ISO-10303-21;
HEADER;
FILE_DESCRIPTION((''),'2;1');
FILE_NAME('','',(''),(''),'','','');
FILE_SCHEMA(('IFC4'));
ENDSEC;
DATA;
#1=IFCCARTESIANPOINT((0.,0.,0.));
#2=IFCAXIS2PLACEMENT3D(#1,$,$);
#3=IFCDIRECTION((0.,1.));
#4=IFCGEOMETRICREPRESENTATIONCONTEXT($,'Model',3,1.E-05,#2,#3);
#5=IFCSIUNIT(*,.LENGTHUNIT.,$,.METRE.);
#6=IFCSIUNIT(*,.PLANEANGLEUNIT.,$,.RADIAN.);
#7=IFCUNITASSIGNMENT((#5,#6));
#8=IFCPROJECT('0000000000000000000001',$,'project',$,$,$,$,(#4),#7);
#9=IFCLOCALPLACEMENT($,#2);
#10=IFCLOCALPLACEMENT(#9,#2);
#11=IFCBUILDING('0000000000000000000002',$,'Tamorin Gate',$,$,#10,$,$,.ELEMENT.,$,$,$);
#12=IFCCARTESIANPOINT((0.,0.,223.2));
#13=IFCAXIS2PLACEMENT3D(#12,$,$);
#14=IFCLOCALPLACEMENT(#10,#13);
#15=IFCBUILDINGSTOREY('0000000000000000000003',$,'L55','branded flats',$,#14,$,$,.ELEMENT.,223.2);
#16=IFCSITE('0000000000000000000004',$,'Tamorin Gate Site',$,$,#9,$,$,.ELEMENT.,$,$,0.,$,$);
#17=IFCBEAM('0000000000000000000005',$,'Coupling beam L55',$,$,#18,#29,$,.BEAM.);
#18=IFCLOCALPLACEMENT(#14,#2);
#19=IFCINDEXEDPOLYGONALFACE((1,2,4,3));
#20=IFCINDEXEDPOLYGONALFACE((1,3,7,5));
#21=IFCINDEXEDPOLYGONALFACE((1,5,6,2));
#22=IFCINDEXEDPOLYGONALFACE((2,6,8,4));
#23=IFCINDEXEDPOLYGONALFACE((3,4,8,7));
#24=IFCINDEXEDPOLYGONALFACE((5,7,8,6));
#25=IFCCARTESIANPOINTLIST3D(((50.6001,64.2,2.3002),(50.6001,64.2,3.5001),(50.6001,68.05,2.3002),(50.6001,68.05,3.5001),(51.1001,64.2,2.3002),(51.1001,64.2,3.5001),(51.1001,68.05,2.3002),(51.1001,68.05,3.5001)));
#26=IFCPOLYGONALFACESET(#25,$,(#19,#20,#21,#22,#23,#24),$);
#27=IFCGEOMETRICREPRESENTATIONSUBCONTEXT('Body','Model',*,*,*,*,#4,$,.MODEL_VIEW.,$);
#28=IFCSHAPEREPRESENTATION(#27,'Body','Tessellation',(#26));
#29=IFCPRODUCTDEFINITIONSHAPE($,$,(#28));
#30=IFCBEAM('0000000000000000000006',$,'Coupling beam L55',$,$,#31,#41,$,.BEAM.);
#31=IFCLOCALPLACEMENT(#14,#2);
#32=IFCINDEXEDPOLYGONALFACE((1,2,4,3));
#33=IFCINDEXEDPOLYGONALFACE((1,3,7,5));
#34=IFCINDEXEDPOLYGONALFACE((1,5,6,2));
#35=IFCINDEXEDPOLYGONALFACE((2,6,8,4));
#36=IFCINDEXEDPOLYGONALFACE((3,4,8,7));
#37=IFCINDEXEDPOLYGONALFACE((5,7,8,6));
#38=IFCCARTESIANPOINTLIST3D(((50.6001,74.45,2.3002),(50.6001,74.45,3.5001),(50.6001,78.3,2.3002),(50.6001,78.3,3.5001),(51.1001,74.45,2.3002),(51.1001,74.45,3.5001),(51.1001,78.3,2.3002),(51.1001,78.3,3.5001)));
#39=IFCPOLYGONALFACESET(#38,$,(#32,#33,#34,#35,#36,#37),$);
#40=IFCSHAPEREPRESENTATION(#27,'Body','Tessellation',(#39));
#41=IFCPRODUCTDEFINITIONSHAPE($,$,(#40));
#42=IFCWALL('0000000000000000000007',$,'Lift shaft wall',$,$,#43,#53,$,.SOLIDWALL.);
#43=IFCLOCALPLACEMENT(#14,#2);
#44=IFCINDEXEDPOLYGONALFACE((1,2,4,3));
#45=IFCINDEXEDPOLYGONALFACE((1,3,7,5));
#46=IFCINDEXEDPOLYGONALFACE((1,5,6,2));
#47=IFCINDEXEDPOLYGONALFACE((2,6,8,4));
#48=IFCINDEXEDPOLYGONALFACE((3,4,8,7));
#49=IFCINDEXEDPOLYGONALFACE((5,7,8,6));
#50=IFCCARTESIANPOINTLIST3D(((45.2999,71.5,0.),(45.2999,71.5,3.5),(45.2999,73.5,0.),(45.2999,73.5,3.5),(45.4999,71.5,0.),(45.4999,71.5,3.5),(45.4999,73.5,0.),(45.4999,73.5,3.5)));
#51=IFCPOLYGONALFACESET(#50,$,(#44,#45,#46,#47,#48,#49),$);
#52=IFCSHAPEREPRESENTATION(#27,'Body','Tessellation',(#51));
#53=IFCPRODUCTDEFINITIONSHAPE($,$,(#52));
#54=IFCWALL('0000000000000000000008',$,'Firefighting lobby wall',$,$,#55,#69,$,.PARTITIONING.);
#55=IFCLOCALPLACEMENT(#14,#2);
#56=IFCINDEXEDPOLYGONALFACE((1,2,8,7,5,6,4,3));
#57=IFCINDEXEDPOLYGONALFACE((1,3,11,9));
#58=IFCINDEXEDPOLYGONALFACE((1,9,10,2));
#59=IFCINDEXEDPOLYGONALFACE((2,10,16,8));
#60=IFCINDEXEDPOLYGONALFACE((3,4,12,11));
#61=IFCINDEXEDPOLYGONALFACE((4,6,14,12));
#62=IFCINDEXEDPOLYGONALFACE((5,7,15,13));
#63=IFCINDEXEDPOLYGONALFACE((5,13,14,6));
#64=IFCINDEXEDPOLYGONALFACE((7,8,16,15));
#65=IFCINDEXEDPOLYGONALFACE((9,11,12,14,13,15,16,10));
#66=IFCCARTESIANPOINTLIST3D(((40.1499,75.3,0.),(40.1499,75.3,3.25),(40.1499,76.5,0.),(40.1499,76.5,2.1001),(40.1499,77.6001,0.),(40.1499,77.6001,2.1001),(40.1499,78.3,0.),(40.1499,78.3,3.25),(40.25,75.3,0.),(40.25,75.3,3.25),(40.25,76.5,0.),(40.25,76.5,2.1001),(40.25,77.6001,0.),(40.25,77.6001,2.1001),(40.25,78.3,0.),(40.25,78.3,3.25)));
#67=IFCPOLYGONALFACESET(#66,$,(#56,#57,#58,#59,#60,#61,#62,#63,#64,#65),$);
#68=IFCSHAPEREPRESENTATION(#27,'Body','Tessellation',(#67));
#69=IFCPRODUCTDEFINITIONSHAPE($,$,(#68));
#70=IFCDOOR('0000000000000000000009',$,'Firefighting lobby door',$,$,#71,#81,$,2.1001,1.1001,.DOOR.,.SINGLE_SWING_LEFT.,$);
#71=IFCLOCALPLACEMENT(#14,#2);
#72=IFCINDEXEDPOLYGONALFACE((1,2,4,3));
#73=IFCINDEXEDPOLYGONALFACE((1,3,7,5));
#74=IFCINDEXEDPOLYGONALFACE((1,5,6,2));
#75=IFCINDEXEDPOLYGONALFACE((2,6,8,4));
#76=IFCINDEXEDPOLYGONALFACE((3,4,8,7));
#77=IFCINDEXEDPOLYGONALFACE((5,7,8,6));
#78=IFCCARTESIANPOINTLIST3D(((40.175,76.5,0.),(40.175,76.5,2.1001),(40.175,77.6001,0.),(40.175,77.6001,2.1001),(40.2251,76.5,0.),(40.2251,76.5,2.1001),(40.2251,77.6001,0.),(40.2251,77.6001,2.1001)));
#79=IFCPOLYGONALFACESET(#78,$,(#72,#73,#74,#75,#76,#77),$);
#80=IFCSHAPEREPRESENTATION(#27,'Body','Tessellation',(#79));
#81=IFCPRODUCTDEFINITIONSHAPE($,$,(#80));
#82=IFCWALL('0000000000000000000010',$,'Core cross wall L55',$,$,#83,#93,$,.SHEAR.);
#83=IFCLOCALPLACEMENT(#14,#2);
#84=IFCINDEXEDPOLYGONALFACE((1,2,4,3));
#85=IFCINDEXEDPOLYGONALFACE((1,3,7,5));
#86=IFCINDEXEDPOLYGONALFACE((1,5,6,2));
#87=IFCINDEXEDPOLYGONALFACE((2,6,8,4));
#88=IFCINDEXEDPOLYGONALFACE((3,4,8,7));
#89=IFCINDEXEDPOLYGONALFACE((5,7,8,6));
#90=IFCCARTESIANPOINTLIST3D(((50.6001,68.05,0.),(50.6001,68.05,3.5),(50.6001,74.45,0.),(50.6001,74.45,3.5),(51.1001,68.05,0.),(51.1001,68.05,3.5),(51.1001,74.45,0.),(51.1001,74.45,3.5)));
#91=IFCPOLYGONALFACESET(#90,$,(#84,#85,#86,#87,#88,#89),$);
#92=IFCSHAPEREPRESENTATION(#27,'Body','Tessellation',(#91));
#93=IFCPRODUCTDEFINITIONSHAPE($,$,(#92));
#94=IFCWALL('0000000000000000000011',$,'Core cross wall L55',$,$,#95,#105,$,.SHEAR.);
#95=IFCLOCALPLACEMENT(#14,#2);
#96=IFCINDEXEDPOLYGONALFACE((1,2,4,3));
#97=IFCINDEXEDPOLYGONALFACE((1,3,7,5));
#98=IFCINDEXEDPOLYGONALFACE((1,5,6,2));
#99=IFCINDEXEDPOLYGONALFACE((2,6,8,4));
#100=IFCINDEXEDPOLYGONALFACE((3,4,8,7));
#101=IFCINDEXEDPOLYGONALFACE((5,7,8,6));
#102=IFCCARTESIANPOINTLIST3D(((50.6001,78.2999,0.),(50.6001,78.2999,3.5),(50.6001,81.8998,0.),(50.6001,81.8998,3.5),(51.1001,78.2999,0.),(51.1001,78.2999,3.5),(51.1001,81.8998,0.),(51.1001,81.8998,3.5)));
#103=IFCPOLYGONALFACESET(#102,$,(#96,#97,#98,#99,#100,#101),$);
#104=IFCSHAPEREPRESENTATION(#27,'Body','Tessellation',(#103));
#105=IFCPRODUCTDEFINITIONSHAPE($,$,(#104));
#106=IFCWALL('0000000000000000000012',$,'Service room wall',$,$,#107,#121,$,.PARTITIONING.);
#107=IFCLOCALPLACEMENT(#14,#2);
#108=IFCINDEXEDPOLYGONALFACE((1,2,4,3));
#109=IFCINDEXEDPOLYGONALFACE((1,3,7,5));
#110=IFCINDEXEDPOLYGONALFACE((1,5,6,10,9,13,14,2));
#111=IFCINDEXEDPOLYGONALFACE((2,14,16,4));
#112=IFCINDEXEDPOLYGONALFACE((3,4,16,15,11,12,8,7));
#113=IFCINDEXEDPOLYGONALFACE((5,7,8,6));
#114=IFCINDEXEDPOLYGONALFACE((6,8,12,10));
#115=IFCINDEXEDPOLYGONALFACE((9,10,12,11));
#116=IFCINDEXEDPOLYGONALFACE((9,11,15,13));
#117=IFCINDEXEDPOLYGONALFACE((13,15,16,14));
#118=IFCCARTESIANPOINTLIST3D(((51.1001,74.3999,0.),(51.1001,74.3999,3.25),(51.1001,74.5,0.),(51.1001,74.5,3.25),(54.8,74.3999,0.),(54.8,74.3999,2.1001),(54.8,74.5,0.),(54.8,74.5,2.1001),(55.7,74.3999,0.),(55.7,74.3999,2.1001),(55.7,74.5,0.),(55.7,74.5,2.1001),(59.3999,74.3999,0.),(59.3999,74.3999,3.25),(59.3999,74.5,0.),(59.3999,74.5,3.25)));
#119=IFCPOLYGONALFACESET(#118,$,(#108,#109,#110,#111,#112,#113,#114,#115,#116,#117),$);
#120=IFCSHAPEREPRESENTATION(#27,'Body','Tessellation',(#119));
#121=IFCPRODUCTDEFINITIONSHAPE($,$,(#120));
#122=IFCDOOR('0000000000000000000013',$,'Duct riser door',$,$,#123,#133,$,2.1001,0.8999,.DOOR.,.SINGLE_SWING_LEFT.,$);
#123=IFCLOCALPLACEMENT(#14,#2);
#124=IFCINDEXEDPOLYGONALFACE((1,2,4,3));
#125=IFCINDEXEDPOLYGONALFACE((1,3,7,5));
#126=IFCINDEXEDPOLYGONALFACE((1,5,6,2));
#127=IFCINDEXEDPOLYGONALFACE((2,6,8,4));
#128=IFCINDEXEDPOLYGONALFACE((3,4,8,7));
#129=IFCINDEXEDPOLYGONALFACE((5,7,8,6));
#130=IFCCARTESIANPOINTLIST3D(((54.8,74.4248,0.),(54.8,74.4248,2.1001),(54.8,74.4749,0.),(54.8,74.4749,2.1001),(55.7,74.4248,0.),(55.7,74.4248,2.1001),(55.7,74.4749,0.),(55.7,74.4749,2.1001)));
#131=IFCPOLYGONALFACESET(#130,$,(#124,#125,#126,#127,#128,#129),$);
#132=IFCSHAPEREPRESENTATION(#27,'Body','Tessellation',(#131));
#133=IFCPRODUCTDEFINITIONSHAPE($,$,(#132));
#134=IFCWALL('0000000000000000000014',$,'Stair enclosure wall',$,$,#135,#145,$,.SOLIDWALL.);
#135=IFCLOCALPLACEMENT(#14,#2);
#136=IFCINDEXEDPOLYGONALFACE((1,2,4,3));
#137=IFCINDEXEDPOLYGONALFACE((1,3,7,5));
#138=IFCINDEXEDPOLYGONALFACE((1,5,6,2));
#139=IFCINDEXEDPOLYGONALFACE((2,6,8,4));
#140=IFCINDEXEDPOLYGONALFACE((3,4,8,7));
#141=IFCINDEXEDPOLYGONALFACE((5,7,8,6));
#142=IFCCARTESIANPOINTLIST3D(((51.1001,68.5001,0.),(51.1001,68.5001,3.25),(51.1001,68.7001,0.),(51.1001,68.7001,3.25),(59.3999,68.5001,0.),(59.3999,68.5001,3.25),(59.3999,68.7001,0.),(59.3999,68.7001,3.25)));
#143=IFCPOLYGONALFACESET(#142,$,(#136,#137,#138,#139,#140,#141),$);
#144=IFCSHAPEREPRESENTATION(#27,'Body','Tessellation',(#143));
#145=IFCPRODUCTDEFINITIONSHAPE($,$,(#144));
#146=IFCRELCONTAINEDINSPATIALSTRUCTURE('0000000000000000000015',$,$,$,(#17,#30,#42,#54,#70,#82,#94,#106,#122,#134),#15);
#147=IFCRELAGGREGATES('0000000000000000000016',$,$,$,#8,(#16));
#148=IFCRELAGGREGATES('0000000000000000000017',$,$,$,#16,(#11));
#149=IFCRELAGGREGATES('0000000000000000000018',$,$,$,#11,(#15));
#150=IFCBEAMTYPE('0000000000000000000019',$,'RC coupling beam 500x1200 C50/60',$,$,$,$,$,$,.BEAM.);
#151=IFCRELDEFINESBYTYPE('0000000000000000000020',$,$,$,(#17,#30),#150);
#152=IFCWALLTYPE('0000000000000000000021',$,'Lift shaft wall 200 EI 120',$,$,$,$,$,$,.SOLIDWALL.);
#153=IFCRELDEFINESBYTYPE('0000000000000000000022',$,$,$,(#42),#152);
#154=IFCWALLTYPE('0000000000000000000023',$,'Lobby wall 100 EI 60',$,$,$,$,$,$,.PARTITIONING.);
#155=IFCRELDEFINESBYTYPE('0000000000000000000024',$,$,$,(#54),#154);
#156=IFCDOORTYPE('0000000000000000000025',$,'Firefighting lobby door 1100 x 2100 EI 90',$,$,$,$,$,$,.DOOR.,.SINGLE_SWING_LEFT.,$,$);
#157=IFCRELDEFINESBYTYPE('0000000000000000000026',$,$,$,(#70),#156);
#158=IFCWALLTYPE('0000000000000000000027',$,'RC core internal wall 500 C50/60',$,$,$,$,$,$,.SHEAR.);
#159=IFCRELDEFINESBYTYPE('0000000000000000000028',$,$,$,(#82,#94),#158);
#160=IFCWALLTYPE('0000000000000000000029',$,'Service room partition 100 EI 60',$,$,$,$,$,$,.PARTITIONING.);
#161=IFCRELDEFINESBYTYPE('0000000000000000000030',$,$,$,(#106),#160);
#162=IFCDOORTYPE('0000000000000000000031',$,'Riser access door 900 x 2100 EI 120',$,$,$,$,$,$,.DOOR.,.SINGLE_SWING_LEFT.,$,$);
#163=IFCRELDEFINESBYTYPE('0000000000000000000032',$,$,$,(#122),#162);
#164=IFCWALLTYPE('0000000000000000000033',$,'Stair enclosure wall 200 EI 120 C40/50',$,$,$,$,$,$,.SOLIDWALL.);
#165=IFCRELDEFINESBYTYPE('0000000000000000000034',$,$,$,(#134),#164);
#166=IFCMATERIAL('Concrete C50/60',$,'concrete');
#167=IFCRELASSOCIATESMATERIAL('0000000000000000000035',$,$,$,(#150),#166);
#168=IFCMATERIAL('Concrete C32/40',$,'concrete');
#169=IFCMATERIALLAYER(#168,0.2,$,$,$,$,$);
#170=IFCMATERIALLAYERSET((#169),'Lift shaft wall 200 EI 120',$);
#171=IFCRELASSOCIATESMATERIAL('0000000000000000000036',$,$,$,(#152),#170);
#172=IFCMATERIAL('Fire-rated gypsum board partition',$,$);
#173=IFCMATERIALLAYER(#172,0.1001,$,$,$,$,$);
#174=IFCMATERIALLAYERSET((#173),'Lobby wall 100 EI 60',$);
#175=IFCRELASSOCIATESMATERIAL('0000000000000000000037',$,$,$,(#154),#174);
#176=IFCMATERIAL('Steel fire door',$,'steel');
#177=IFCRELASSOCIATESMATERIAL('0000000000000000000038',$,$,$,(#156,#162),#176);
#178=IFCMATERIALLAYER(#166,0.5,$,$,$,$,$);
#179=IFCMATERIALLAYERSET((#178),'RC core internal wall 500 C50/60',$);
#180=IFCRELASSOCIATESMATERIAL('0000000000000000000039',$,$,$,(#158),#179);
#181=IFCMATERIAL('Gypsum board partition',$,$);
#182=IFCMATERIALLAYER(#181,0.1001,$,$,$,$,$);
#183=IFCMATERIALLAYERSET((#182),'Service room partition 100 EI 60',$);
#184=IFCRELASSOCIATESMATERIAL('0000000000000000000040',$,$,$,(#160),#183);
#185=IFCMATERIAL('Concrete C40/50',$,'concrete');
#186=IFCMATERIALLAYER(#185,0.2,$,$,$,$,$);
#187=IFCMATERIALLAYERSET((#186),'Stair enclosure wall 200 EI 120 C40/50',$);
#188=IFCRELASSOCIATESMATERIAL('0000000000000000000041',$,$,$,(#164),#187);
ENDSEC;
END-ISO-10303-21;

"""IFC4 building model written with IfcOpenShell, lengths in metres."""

from ifc_helpers import new_model, si_unit, direction, frame, frame_2d, origin, origin_2d, place, context, subcontext, project, spatial, rectangle, extrude, material, layer, layer_set, material_profile, profile_set, type_object, element, fill, save


model = new_model("IFC4")

# Units and contexts
model_context = context("Model", 3, precision=1e-05, world=origin(), true_north=direction((0.0, 1.0)))
body_context = subcontext(model_context, "Body", "Model", "MODEL_VIEW")
ifc_project = project(units=[si_unit("LENGTHUNIT", "METRE"), si_unit("PLANEANGLEUNIT", "RADIAN")], contexts=[model_context])

# Site, building, storey
site_placement = place(None, origin())
site = spatial("IfcSite", under=ifc_project, at=site_placement, Name="Tamorin Gate Site", CompositionType="ELEMENT", RefElevation=0.0)
building_placement = place(site_placement, origin())
building = spatial("IfcBuilding", under=site, at=building_placement, Name="Tamorin Gate", CompositionType="ELEMENT")
storey_placement = place(building_placement, frame((0.0, 0.0, 223.2)))
storey = spatial("IfcBuildingStorey", under=building, at=storey_placement, Name="L55", Description="branded flats", CompositionType="ELEMENT", Elevation=223.2)

# Beams
ifc_material_1 = material(Name="Concrete C50/60", Category="concrete")
ifc_material_profile = material_profile(ifc_material_1, rectangle(XDim=0.5, YDim=1.2, at=origin_2d()), Name="RC 500x1200")
ifc_profile_set = profile_set([ifc_material_profile], Name="Concrete C50/60")
beam_type = type_object("IfcBeamType", Name="RC coupling beam 500x1200 C50/60", PredefinedType="BEAM", material=ifc_profile_set)
for number, where, z_axis, x_axis, name in (
    (1, (50.8501, 64.2, 2.9001), (0.0, 1.0, 0.0), (-1.0, 0.0, 0.0), "Coupling beam L55"),
    (2, (50.8501, 74.45, 2.9001), (0.0, 1.0, 0.0), (-1.0, 0.0, 0.0), "Coupling beam L55"),
):
    element("IfcBeam", number, at=place(storey_placement, frame(where, z_axis=z_axis, x_axis=x_axis)), inside=storey, type_object=beam_type, Name=name, PredefinedType="BEAM", context=body_context, shape_type="SweptSolid", body=[
        extrude(rectangle(XDim=0.5, YDim=1.2, at=origin_2d()), origin(), (0.0, 0.0, 1.0), 3.8501),
    ])

# Wall
ifc_material_2 = material(Name="Concrete C32/40", Category="concrete")
ifc_layer_1 = layer(ifc_material_2, 0.2)
ifc_layer_set_1 = layer_set([ifc_layer_1], Name="Lift shaft wall 200 EI 120")
wall_type_1 = type_object("IfcWallType", Name="Lift shaft wall 200 EI 120", PredefinedType="SOLIDWALL", material=ifc_layer_set_1)
wall_1_placement = place(storey_placement, frame((45.3999, 71.5, 0.0), z_axis=(0.0, 0.0, 1.0), x_axis=(0.0, 1.0, 0.0)))
element("IfcWall", 3, at=wall_1_placement, inside=storey, type_object=wall_type_1, Name="Lift shaft wall", PredefinedType="SOLIDWALL", context=body_context, shape_type="SweptSolid", body=[
    extrude(rectangle(XDim=2.0, YDim=0.2, at=frame_2d((1.0, 0.0))), origin(), (0.0, 0.0, 1.0), 3.5),
])

# Wall, opening, door
ifc_material_3 = material(Name="Fire-rated gypsum board partition")
ifc_layer_2 = layer(ifc_material_3, 0.1001)
ifc_layer_set_2 = layer_set([ifc_layer_2], Name="Lobby wall 100 EI 60")
wall_type_2 = type_object("IfcWallType", Name="Lobby wall 100 EI 60", PredefinedType="PARTITIONING", material=ifc_layer_set_2)
wall_2_placement = place(storey_placement, frame((40.2, 75.3, 0.0), z_axis=(0.0, 0.0, 1.0), x_axis=(0.0, 1.0, 0.0)))
wall_2 = element("IfcWall", 4, at=wall_2_placement, inside=storey, type_object=wall_type_2, Name="Firefighting lobby wall", PredefinedType="PARTITIONING", context=body_context, shape_type="SweptSolid", body=[
    extrude(rectangle(XDim=3.0, YDim=0.1001, at=frame_2d((1.5, 0.0))), origin(), (0.0, 0.0, 1.0), 3.25),
])
opening_1_placement = place(wall_2_placement, frame((1.2, 0.0, 0.0)))
opening_1 = element("IfcOpeningElement", 5, at=opening_1_placement, cuts=wall_2, PredefinedType="OPENING", context=body_context, shape_type="SweptSolid", body=[
    extrude(rectangle(XDim=1.1001, YDim=2.1001, at=frame_2d((0.55, 1.05))), frame((0.0, 0.0601, 0.0), z_axis=(0.0, -1.0, 0.0), x_axis=(1.0, 0.0, 0.0)), (0.0, 0.0, 1.0), 0.1201),
])
ifc_material_4 = material(Name="Steel fire door", Category="steel")
door_type_1 = type_object("IfcDoorType", Name="Firefighting lobby door 1100 x 2100 EI 90", OperationType="SINGLE_SWING_LEFT", PredefinedType="DOOR", material=ifc_material_4)
door_1_placement = place(opening_1_placement, origin())
door_1 = element("IfcDoor", 6, at=door_1_placement, inside=storey, type_object=door_type_1, Name="Firefighting lobby door", OperationType="SINGLE_SWING_LEFT", OverallHeight=2.1001, OverallWidth=1.1001, PredefinedType="DOOR", context=body_context, shape_type="SweptSolid", body=[
    extrude(rectangle(XDim=1.1001, YDim=2.1001, at=frame_2d((0.55, 1.05))), frame((0.0, 0.0249, 0.0), z_axis=(0.0, -1.0, 0.0), x_axis=(1.0, 0.0, 0.0)), (0.0, 0.0, 1.0), 0.05),
])
fill(opening_1, door_1)

# Walls
ifc_layer_3 = layer(ifc_material_1, 0.5)
ifc_layer_set_3 = layer_set([ifc_layer_3], Name="RC core internal wall 500 C50/60")
wall_type_3 = type_object("IfcWallType", Name="RC core internal wall 500 C50/60", PredefinedType="SHEAR", material=ifc_layer_set_3)
wall_3_placement = place(storey_placement, frame((50.8501, 68.05, 0.0), z_axis=(0.0, 0.0, 1.0), x_axis=(0.0, 1.0, 0.0)))
element("IfcWall", 7, at=wall_3_placement, inside=storey, type_object=wall_type_3, Name="Core cross wall L55", PredefinedType="SHEAR", context=body_context, shape_type="SweptSolid", body=[
    extrude(rectangle(XDim=6.3999, YDim=0.5, at=frame_2d((3.2, 0.0))), origin(), (0.0, 0.0, 1.0), 3.5),
])
wall_4_placement = place(storey_placement, frame((50.8501, 78.3, 0.0), z_axis=(0.0, 0.0, 1.0), x_axis=(0.0, 1.0, 0.0)))
element("IfcWall", 8, at=wall_4_placement, inside=storey, type_object=wall_type_3, Name="Core cross wall L55", PredefinedType="SHEAR", context=body_context, shape_type="SweptSolid", body=[
    extrude(rectangle(XDim=3.5999, YDim=0.5, at=frame_2d((1.7998, 0.0))), origin(), (0.0, 0.0, 1.0), 3.5),
])

# Wall, opening, door
ifc_material_5 = material(Name="Gypsum board partition")
ifc_layer_4 = layer(ifc_material_5, 0.1001)
ifc_layer_set_4 = layer_set([ifc_layer_4], Name="Service room partition 100 EI 60")
wall_type_4 = type_object("IfcWallType", Name="Service room partition 100 EI 60", PredefinedType="PARTITIONING", material=ifc_layer_set_4)
wall_5_placement = place(storey_placement, frame((51.1001, 74.45, 0.0), z_axis=(0.0, 0.0, 1.0), x_axis=(1.0, 0.0, 0.0)))
wall_5 = element("IfcWall", 9, at=wall_5_placement, inside=storey, type_object=wall_type_4, Name="Service room wall", PredefinedType="PARTITIONING", context=body_context, shape_type="SweptSolid", body=[
    extrude(rectangle(XDim=8.2998, YDim=0.1001, at=frame_2d((4.1499, 0.0))), origin(), (0.0, 0.0, 1.0), 3.25),
])
opening_2_placement = place(wall_5_placement, frame((3.7, 0.0, 0.0)))
opening_2 = element("IfcOpeningElement", 10, at=opening_2_placement, cuts=wall_5, PredefinedType="OPENING", context=body_context, shape_type="SweptSolid", body=[
    extrude(rectangle(XDim=0.8999, YDim=2.1001, at=frame_2d((0.45, 1.05))), frame((0.0, 0.0601, 0.0), z_axis=(0.0, -1.0, 0.0), x_axis=(1.0, 0.0, 0.0)), (0.0, 0.0, 1.0), 0.1201),
])
door_type_2 = type_object("IfcDoorType", Name="Riser access door 900 x 2100 EI 120", OperationType="SINGLE_SWING_LEFT", PredefinedType="DOOR", material=ifc_material_4)
door_2_placement = place(opening_2_placement, origin())
door_2 = element("IfcDoor", 11, at=door_2_placement, inside=storey, type_object=door_type_2, Name="Duct riser door", OperationType="SINGLE_SWING_LEFT", OverallHeight=2.1001, OverallWidth=0.8999, PredefinedType="DOOR", context=body_context, shape_type="SweptSolid", body=[
    extrude(rectangle(XDim=0.8999, YDim=2.1001, at=frame_2d((0.45, 1.05))), frame((0.0, 0.0249, 0.0), z_axis=(0.0, -1.0, 0.0), x_axis=(1.0, 0.0, 0.0)), (0.0, 0.0, 1.0), 0.05),
])
fill(opening_2, door_2)

# Wall
ifc_material_6 = material(Name="Concrete C40/50", Category="concrete")
ifc_layer_5 = layer(ifc_material_6, 0.2)
ifc_layer_set_5 = layer_set([ifc_layer_5], Name="Stair enclosure wall 200 EI 120 C40/50")
wall_type_5 = type_object("IfcWallType", Name="Stair enclosure wall 200 EI 120 C40/50", PredefinedType="SOLIDWALL", material=ifc_layer_set_5)
wall_6_placement = place(storey_placement, frame((51.1001, 68.6001, 0.0), z_axis=(0.0, 0.0, 1.0), x_axis=(1.0, 0.0, 0.0)))
element("IfcWall", 12, at=wall_6_placement, inside=storey, type_object=wall_type_5, Name="Stair enclosure wall", PredefinedType="SOLIDWALL", context=body_context, shape_type="SweptSolid", body=[
    extrude(rectangle(XDim=8.2998, YDim=0.2, at=frame_2d((4.1499, 0.0))), origin(), (0.0, 0.0, 1.0), 3.25),
])

save(model, "model.ifc")
